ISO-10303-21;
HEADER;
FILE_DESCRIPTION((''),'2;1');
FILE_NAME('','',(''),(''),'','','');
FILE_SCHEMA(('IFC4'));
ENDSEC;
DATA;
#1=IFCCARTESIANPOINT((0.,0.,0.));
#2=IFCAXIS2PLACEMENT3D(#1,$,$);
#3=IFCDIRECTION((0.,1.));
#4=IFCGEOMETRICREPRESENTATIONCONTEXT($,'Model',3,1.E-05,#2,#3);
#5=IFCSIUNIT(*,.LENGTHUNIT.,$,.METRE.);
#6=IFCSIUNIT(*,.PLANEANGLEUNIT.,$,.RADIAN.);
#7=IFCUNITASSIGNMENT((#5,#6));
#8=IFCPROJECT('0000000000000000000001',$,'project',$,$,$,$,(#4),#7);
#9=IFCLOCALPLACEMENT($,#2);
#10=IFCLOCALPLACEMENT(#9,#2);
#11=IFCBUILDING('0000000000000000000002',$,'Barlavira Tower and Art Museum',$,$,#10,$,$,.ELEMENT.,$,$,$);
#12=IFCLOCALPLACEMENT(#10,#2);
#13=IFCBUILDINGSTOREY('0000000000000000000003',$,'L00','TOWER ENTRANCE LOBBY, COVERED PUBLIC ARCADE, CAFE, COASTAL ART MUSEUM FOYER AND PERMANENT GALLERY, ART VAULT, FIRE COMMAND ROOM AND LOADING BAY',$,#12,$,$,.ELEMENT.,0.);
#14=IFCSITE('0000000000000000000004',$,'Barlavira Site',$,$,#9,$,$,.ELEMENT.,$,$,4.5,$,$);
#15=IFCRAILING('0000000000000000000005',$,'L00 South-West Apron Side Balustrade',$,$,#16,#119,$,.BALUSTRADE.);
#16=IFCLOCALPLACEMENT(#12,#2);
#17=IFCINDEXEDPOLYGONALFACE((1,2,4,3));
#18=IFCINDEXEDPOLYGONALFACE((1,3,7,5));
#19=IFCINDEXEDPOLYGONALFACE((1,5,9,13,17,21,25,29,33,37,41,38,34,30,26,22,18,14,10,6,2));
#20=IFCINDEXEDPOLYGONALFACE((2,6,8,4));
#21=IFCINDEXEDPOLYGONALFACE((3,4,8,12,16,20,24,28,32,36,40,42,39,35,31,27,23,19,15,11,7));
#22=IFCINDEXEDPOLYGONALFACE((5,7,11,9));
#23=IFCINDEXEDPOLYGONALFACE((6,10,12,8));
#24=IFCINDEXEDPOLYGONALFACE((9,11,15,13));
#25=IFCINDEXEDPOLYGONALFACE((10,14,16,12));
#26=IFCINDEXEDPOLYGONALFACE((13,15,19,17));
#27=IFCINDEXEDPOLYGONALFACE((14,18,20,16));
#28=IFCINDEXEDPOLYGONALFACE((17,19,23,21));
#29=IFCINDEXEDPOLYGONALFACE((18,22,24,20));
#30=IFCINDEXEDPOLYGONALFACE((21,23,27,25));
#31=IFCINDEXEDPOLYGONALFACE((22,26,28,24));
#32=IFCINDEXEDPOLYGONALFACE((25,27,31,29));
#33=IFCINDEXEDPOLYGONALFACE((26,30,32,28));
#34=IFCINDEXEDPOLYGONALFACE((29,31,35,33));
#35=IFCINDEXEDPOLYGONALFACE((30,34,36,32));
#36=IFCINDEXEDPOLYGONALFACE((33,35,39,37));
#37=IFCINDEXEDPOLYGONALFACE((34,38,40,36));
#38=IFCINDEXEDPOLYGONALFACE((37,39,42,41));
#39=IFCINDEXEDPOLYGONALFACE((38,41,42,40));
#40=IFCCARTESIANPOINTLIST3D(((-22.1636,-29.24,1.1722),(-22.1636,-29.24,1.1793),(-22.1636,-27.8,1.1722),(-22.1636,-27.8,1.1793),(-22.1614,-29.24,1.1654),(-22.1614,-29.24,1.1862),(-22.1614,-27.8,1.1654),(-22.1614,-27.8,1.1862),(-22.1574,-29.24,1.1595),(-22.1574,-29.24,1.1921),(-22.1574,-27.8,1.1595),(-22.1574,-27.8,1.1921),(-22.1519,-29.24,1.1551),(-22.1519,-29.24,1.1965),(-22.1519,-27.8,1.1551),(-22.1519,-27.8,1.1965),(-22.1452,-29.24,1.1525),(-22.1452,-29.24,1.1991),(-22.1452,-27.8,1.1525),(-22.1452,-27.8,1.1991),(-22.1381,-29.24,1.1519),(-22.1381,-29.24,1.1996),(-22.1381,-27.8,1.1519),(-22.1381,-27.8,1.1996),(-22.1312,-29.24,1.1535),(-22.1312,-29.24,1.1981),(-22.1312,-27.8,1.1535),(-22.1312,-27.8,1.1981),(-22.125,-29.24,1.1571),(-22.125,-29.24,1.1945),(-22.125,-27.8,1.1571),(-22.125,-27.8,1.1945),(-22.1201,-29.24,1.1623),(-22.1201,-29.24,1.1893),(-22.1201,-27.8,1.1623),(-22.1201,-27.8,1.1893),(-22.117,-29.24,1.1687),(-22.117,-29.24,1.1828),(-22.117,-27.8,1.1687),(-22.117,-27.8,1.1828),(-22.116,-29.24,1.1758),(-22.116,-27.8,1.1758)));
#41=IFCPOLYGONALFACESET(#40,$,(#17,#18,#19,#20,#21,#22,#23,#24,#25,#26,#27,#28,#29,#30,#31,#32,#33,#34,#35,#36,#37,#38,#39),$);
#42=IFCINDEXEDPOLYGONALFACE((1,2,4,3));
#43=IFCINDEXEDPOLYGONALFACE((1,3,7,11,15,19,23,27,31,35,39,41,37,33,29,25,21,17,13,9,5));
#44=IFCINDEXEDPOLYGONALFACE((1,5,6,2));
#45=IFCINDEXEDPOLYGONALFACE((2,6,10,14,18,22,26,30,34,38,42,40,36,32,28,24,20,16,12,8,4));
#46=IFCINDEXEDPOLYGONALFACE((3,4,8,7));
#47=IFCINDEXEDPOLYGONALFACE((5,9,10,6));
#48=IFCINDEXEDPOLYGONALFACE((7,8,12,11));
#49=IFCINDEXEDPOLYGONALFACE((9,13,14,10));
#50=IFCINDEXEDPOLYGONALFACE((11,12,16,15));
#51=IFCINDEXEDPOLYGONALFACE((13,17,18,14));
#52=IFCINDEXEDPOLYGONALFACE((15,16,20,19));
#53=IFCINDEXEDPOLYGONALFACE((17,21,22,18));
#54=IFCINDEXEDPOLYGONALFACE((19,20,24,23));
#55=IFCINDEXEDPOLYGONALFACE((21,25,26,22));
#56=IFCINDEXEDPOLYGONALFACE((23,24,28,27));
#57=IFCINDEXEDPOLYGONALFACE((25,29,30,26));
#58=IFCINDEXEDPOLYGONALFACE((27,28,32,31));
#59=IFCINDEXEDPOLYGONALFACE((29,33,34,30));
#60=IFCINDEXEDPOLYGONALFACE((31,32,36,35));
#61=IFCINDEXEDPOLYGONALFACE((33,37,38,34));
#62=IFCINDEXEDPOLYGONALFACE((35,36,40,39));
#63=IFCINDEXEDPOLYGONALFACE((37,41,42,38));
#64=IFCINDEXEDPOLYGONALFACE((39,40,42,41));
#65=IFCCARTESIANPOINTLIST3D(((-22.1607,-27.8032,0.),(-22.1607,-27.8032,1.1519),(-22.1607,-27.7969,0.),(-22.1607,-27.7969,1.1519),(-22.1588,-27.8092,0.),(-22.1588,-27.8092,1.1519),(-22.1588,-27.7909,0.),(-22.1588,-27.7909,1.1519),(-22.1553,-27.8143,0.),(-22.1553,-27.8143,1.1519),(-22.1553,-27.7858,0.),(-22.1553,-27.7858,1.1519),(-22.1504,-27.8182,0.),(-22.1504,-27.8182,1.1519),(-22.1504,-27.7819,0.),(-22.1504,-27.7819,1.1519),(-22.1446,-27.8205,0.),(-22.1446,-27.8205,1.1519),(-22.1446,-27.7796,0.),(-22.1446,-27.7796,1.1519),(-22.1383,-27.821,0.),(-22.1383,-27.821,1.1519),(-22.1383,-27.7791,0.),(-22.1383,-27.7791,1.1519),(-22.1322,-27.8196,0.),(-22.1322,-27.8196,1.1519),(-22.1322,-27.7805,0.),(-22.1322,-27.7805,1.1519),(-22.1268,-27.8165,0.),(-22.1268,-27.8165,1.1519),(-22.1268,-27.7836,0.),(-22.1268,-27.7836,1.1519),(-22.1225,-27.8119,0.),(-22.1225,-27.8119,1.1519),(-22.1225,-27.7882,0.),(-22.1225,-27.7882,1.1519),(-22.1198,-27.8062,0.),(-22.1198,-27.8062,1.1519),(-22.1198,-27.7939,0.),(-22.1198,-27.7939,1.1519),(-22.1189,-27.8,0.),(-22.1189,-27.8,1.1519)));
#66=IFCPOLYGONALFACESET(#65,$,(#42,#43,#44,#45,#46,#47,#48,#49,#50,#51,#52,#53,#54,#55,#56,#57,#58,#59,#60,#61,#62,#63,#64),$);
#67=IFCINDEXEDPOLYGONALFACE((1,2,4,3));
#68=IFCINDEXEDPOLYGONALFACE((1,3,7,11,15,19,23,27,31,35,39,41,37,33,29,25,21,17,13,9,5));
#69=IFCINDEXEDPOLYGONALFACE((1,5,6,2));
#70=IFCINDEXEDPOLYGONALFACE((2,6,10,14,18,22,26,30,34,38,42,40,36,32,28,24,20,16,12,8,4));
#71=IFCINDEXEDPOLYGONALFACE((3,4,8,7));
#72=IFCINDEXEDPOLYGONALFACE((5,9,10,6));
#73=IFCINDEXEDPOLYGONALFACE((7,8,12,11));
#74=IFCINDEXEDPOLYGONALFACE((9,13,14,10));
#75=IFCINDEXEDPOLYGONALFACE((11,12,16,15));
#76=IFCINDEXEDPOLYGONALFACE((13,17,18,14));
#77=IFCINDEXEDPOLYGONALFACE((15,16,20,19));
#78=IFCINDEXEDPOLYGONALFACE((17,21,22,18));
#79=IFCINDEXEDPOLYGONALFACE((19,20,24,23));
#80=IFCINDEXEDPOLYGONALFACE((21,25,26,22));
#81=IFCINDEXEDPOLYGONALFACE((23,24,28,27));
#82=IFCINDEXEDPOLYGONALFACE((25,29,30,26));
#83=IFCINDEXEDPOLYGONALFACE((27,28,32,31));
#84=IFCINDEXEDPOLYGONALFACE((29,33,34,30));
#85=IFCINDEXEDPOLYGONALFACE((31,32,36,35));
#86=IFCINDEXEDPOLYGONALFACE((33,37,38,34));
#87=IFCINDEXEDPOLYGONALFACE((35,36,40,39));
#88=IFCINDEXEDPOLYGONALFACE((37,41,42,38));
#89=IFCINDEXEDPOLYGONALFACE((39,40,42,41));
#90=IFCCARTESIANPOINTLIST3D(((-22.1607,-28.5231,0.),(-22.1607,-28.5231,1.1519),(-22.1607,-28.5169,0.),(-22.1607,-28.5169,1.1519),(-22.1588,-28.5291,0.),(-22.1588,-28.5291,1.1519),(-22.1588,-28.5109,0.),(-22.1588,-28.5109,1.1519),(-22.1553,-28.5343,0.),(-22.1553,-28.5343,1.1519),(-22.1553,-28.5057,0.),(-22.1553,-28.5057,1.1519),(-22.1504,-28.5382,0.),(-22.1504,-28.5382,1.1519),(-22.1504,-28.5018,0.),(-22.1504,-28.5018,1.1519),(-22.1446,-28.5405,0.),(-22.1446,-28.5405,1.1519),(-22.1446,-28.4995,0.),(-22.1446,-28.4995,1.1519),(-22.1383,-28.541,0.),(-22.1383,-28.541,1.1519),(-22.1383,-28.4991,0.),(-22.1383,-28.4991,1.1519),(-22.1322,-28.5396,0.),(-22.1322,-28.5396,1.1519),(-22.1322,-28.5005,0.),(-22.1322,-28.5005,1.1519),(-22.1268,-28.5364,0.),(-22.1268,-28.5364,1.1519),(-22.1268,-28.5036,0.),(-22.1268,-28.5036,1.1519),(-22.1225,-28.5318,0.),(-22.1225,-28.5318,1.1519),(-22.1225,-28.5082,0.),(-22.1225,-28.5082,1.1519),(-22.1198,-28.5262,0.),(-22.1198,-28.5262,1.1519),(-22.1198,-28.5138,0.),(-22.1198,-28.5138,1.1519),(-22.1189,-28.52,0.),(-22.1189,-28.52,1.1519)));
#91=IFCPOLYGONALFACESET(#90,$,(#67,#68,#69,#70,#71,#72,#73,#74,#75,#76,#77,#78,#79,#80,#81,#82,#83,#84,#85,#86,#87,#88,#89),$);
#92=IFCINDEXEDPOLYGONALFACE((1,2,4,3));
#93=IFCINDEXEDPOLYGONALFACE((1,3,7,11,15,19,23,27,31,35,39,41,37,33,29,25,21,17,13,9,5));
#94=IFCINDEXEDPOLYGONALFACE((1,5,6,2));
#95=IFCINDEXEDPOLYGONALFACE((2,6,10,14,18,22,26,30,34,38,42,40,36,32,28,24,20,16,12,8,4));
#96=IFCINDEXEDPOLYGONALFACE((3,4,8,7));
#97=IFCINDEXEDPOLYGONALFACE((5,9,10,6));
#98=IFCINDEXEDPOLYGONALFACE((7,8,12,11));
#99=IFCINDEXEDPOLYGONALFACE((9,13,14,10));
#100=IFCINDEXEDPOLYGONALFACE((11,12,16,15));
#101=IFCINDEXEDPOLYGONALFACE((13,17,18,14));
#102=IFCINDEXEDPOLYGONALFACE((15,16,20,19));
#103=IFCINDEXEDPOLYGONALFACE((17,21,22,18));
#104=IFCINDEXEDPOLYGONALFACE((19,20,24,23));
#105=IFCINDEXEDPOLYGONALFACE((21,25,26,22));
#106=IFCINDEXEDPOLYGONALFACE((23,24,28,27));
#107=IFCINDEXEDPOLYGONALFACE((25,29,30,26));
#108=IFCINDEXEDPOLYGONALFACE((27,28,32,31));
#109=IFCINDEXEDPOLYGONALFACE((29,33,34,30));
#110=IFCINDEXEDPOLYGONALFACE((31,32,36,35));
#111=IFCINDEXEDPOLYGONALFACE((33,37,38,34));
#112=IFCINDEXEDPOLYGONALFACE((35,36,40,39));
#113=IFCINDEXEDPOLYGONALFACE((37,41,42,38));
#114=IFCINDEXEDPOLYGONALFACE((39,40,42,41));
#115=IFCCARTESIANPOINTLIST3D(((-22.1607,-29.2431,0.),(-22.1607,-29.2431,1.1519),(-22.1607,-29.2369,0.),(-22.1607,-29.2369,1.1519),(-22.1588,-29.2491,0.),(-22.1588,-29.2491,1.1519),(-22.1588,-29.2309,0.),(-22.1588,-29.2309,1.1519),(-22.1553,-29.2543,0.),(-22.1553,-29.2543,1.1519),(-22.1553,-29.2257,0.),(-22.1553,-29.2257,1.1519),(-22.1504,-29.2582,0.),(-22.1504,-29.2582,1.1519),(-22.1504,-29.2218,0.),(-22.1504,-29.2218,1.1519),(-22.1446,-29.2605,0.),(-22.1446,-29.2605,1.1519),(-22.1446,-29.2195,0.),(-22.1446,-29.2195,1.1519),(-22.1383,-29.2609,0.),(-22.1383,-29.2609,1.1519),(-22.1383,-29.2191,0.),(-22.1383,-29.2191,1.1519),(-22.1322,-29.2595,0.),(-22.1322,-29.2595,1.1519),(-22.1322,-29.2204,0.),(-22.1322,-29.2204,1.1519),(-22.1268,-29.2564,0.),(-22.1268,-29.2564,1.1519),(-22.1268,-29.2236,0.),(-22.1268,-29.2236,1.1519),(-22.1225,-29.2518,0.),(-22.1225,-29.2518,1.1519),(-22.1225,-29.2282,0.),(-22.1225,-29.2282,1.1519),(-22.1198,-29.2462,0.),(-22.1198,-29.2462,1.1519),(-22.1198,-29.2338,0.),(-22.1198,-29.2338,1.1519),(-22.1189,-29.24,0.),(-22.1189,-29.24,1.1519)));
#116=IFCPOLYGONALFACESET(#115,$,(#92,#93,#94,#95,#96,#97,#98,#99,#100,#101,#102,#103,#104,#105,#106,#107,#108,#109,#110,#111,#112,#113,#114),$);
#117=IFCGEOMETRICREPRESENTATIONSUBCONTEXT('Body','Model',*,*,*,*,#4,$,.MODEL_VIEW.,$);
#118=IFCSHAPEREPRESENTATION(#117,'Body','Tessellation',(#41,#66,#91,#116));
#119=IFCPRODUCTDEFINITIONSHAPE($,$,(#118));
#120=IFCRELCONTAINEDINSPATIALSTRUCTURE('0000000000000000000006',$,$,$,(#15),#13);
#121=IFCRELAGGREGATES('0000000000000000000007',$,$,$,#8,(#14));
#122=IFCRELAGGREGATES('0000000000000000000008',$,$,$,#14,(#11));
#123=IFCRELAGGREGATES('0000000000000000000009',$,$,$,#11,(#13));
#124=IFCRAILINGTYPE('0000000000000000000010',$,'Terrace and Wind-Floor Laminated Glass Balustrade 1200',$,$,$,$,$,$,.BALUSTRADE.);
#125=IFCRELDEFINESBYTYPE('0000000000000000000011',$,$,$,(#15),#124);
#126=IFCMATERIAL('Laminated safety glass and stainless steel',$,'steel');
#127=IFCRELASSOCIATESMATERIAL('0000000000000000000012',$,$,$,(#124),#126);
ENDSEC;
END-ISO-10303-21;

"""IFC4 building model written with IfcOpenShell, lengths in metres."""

from ifc_helpers import new_model, si_unit, direction, frame, origin, origin_2d, place, context, subcontext, project, spatial, circle, extrude, material, type_object, element, save


model = new_model("IFC4")

# Units and contexts
model_context = context("Model", 3, precision=1e-05, world=origin(), true_north=direction((0.0, 1.0)))
body_context = subcontext(model_context, "Body", "Model", "MODEL_VIEW")
ifc_project = project(units=[si_unit("LENGTHUNIT", "METRE"), si_unit("PLANEANGLEUNIT", "RADIAN")], contexts=[model_context])

# Site, building, storey
site_placement = place(None, origin())
site = spatial("IfcSite", under=ifc_project, at=site_placement, Name="Barlavira Site", CompositionType="ELEMENT", RefElevation=4.5)
building_placement = place(site_placement, origin())
building = spatial("IfcBuilding", under=site, at=building_placement, Name="Barlavira Tower and Art Museum", CompositionType="ELEMENT")
storey_placement = place(building_placement, origin())
storey = spatial("IfcBuildingStorey", under=building, at=storey_placement, Name="L00", Description="TOWER ENTRANCE LOBBY, COVERED PUBLIC ARCADE, CAFE, COASTAL ART MUSEUM FOYER AND PERMANENT GALLERY, ART VAULT, FIRE COMMAND ROOM AND LOADING BAY", CompositionType="ELEMENT", Elevation=0.0)

# Railing
ifc_material_1 = material(Name="Laminated safety glass and stainless steel", Category="steel")
railing_type_1 = type_object("IfcRailingType", Name="Terrace and Wind-Floor Laminated Glass Balustrade 1200", PredefinedType="BALUSTRADE", material=ifc_material_1)
railing_1_placement = place(storey_placement, frame((-22.1399, -27.8, 0.0)))
element("IfcRailing", 1, at=railing_1_placement, inside=storey, type_object=railing_type_1, Name="L00 South-West Apron Side Balustrade", PredefinedType="BALUSTRADE", context=body_context, shape_type="SweptSolid", body=[
    extrude(circle(Radius=0.0239, at=origin_2d()), frame((0.0, 0.0, 1.1758), z_axis=(0.0, -1.0, 0.0), x_axis=(1.0, 0.0, 0.0)), (0.0, 0.0, 1.0), 1.4399),
    extrude(circle(Radius=0.021, at=origin_2d()), origin(), (0.0, 0.0, 1.0), 1.1519),
    extrude(circle(Radius=0.021, at=origin_2d()), frame((0.0, -0.72, 0.0)), (0.0, 0.0, 1.0), 1.1519),
    extrude(circle(Radius=0.021, at=origin_2d()), frame((0.0, -1.4399, 0.0)), (0.0, 0.0, 1.0), 1.1519),
])

save(model, "model.ifc")
